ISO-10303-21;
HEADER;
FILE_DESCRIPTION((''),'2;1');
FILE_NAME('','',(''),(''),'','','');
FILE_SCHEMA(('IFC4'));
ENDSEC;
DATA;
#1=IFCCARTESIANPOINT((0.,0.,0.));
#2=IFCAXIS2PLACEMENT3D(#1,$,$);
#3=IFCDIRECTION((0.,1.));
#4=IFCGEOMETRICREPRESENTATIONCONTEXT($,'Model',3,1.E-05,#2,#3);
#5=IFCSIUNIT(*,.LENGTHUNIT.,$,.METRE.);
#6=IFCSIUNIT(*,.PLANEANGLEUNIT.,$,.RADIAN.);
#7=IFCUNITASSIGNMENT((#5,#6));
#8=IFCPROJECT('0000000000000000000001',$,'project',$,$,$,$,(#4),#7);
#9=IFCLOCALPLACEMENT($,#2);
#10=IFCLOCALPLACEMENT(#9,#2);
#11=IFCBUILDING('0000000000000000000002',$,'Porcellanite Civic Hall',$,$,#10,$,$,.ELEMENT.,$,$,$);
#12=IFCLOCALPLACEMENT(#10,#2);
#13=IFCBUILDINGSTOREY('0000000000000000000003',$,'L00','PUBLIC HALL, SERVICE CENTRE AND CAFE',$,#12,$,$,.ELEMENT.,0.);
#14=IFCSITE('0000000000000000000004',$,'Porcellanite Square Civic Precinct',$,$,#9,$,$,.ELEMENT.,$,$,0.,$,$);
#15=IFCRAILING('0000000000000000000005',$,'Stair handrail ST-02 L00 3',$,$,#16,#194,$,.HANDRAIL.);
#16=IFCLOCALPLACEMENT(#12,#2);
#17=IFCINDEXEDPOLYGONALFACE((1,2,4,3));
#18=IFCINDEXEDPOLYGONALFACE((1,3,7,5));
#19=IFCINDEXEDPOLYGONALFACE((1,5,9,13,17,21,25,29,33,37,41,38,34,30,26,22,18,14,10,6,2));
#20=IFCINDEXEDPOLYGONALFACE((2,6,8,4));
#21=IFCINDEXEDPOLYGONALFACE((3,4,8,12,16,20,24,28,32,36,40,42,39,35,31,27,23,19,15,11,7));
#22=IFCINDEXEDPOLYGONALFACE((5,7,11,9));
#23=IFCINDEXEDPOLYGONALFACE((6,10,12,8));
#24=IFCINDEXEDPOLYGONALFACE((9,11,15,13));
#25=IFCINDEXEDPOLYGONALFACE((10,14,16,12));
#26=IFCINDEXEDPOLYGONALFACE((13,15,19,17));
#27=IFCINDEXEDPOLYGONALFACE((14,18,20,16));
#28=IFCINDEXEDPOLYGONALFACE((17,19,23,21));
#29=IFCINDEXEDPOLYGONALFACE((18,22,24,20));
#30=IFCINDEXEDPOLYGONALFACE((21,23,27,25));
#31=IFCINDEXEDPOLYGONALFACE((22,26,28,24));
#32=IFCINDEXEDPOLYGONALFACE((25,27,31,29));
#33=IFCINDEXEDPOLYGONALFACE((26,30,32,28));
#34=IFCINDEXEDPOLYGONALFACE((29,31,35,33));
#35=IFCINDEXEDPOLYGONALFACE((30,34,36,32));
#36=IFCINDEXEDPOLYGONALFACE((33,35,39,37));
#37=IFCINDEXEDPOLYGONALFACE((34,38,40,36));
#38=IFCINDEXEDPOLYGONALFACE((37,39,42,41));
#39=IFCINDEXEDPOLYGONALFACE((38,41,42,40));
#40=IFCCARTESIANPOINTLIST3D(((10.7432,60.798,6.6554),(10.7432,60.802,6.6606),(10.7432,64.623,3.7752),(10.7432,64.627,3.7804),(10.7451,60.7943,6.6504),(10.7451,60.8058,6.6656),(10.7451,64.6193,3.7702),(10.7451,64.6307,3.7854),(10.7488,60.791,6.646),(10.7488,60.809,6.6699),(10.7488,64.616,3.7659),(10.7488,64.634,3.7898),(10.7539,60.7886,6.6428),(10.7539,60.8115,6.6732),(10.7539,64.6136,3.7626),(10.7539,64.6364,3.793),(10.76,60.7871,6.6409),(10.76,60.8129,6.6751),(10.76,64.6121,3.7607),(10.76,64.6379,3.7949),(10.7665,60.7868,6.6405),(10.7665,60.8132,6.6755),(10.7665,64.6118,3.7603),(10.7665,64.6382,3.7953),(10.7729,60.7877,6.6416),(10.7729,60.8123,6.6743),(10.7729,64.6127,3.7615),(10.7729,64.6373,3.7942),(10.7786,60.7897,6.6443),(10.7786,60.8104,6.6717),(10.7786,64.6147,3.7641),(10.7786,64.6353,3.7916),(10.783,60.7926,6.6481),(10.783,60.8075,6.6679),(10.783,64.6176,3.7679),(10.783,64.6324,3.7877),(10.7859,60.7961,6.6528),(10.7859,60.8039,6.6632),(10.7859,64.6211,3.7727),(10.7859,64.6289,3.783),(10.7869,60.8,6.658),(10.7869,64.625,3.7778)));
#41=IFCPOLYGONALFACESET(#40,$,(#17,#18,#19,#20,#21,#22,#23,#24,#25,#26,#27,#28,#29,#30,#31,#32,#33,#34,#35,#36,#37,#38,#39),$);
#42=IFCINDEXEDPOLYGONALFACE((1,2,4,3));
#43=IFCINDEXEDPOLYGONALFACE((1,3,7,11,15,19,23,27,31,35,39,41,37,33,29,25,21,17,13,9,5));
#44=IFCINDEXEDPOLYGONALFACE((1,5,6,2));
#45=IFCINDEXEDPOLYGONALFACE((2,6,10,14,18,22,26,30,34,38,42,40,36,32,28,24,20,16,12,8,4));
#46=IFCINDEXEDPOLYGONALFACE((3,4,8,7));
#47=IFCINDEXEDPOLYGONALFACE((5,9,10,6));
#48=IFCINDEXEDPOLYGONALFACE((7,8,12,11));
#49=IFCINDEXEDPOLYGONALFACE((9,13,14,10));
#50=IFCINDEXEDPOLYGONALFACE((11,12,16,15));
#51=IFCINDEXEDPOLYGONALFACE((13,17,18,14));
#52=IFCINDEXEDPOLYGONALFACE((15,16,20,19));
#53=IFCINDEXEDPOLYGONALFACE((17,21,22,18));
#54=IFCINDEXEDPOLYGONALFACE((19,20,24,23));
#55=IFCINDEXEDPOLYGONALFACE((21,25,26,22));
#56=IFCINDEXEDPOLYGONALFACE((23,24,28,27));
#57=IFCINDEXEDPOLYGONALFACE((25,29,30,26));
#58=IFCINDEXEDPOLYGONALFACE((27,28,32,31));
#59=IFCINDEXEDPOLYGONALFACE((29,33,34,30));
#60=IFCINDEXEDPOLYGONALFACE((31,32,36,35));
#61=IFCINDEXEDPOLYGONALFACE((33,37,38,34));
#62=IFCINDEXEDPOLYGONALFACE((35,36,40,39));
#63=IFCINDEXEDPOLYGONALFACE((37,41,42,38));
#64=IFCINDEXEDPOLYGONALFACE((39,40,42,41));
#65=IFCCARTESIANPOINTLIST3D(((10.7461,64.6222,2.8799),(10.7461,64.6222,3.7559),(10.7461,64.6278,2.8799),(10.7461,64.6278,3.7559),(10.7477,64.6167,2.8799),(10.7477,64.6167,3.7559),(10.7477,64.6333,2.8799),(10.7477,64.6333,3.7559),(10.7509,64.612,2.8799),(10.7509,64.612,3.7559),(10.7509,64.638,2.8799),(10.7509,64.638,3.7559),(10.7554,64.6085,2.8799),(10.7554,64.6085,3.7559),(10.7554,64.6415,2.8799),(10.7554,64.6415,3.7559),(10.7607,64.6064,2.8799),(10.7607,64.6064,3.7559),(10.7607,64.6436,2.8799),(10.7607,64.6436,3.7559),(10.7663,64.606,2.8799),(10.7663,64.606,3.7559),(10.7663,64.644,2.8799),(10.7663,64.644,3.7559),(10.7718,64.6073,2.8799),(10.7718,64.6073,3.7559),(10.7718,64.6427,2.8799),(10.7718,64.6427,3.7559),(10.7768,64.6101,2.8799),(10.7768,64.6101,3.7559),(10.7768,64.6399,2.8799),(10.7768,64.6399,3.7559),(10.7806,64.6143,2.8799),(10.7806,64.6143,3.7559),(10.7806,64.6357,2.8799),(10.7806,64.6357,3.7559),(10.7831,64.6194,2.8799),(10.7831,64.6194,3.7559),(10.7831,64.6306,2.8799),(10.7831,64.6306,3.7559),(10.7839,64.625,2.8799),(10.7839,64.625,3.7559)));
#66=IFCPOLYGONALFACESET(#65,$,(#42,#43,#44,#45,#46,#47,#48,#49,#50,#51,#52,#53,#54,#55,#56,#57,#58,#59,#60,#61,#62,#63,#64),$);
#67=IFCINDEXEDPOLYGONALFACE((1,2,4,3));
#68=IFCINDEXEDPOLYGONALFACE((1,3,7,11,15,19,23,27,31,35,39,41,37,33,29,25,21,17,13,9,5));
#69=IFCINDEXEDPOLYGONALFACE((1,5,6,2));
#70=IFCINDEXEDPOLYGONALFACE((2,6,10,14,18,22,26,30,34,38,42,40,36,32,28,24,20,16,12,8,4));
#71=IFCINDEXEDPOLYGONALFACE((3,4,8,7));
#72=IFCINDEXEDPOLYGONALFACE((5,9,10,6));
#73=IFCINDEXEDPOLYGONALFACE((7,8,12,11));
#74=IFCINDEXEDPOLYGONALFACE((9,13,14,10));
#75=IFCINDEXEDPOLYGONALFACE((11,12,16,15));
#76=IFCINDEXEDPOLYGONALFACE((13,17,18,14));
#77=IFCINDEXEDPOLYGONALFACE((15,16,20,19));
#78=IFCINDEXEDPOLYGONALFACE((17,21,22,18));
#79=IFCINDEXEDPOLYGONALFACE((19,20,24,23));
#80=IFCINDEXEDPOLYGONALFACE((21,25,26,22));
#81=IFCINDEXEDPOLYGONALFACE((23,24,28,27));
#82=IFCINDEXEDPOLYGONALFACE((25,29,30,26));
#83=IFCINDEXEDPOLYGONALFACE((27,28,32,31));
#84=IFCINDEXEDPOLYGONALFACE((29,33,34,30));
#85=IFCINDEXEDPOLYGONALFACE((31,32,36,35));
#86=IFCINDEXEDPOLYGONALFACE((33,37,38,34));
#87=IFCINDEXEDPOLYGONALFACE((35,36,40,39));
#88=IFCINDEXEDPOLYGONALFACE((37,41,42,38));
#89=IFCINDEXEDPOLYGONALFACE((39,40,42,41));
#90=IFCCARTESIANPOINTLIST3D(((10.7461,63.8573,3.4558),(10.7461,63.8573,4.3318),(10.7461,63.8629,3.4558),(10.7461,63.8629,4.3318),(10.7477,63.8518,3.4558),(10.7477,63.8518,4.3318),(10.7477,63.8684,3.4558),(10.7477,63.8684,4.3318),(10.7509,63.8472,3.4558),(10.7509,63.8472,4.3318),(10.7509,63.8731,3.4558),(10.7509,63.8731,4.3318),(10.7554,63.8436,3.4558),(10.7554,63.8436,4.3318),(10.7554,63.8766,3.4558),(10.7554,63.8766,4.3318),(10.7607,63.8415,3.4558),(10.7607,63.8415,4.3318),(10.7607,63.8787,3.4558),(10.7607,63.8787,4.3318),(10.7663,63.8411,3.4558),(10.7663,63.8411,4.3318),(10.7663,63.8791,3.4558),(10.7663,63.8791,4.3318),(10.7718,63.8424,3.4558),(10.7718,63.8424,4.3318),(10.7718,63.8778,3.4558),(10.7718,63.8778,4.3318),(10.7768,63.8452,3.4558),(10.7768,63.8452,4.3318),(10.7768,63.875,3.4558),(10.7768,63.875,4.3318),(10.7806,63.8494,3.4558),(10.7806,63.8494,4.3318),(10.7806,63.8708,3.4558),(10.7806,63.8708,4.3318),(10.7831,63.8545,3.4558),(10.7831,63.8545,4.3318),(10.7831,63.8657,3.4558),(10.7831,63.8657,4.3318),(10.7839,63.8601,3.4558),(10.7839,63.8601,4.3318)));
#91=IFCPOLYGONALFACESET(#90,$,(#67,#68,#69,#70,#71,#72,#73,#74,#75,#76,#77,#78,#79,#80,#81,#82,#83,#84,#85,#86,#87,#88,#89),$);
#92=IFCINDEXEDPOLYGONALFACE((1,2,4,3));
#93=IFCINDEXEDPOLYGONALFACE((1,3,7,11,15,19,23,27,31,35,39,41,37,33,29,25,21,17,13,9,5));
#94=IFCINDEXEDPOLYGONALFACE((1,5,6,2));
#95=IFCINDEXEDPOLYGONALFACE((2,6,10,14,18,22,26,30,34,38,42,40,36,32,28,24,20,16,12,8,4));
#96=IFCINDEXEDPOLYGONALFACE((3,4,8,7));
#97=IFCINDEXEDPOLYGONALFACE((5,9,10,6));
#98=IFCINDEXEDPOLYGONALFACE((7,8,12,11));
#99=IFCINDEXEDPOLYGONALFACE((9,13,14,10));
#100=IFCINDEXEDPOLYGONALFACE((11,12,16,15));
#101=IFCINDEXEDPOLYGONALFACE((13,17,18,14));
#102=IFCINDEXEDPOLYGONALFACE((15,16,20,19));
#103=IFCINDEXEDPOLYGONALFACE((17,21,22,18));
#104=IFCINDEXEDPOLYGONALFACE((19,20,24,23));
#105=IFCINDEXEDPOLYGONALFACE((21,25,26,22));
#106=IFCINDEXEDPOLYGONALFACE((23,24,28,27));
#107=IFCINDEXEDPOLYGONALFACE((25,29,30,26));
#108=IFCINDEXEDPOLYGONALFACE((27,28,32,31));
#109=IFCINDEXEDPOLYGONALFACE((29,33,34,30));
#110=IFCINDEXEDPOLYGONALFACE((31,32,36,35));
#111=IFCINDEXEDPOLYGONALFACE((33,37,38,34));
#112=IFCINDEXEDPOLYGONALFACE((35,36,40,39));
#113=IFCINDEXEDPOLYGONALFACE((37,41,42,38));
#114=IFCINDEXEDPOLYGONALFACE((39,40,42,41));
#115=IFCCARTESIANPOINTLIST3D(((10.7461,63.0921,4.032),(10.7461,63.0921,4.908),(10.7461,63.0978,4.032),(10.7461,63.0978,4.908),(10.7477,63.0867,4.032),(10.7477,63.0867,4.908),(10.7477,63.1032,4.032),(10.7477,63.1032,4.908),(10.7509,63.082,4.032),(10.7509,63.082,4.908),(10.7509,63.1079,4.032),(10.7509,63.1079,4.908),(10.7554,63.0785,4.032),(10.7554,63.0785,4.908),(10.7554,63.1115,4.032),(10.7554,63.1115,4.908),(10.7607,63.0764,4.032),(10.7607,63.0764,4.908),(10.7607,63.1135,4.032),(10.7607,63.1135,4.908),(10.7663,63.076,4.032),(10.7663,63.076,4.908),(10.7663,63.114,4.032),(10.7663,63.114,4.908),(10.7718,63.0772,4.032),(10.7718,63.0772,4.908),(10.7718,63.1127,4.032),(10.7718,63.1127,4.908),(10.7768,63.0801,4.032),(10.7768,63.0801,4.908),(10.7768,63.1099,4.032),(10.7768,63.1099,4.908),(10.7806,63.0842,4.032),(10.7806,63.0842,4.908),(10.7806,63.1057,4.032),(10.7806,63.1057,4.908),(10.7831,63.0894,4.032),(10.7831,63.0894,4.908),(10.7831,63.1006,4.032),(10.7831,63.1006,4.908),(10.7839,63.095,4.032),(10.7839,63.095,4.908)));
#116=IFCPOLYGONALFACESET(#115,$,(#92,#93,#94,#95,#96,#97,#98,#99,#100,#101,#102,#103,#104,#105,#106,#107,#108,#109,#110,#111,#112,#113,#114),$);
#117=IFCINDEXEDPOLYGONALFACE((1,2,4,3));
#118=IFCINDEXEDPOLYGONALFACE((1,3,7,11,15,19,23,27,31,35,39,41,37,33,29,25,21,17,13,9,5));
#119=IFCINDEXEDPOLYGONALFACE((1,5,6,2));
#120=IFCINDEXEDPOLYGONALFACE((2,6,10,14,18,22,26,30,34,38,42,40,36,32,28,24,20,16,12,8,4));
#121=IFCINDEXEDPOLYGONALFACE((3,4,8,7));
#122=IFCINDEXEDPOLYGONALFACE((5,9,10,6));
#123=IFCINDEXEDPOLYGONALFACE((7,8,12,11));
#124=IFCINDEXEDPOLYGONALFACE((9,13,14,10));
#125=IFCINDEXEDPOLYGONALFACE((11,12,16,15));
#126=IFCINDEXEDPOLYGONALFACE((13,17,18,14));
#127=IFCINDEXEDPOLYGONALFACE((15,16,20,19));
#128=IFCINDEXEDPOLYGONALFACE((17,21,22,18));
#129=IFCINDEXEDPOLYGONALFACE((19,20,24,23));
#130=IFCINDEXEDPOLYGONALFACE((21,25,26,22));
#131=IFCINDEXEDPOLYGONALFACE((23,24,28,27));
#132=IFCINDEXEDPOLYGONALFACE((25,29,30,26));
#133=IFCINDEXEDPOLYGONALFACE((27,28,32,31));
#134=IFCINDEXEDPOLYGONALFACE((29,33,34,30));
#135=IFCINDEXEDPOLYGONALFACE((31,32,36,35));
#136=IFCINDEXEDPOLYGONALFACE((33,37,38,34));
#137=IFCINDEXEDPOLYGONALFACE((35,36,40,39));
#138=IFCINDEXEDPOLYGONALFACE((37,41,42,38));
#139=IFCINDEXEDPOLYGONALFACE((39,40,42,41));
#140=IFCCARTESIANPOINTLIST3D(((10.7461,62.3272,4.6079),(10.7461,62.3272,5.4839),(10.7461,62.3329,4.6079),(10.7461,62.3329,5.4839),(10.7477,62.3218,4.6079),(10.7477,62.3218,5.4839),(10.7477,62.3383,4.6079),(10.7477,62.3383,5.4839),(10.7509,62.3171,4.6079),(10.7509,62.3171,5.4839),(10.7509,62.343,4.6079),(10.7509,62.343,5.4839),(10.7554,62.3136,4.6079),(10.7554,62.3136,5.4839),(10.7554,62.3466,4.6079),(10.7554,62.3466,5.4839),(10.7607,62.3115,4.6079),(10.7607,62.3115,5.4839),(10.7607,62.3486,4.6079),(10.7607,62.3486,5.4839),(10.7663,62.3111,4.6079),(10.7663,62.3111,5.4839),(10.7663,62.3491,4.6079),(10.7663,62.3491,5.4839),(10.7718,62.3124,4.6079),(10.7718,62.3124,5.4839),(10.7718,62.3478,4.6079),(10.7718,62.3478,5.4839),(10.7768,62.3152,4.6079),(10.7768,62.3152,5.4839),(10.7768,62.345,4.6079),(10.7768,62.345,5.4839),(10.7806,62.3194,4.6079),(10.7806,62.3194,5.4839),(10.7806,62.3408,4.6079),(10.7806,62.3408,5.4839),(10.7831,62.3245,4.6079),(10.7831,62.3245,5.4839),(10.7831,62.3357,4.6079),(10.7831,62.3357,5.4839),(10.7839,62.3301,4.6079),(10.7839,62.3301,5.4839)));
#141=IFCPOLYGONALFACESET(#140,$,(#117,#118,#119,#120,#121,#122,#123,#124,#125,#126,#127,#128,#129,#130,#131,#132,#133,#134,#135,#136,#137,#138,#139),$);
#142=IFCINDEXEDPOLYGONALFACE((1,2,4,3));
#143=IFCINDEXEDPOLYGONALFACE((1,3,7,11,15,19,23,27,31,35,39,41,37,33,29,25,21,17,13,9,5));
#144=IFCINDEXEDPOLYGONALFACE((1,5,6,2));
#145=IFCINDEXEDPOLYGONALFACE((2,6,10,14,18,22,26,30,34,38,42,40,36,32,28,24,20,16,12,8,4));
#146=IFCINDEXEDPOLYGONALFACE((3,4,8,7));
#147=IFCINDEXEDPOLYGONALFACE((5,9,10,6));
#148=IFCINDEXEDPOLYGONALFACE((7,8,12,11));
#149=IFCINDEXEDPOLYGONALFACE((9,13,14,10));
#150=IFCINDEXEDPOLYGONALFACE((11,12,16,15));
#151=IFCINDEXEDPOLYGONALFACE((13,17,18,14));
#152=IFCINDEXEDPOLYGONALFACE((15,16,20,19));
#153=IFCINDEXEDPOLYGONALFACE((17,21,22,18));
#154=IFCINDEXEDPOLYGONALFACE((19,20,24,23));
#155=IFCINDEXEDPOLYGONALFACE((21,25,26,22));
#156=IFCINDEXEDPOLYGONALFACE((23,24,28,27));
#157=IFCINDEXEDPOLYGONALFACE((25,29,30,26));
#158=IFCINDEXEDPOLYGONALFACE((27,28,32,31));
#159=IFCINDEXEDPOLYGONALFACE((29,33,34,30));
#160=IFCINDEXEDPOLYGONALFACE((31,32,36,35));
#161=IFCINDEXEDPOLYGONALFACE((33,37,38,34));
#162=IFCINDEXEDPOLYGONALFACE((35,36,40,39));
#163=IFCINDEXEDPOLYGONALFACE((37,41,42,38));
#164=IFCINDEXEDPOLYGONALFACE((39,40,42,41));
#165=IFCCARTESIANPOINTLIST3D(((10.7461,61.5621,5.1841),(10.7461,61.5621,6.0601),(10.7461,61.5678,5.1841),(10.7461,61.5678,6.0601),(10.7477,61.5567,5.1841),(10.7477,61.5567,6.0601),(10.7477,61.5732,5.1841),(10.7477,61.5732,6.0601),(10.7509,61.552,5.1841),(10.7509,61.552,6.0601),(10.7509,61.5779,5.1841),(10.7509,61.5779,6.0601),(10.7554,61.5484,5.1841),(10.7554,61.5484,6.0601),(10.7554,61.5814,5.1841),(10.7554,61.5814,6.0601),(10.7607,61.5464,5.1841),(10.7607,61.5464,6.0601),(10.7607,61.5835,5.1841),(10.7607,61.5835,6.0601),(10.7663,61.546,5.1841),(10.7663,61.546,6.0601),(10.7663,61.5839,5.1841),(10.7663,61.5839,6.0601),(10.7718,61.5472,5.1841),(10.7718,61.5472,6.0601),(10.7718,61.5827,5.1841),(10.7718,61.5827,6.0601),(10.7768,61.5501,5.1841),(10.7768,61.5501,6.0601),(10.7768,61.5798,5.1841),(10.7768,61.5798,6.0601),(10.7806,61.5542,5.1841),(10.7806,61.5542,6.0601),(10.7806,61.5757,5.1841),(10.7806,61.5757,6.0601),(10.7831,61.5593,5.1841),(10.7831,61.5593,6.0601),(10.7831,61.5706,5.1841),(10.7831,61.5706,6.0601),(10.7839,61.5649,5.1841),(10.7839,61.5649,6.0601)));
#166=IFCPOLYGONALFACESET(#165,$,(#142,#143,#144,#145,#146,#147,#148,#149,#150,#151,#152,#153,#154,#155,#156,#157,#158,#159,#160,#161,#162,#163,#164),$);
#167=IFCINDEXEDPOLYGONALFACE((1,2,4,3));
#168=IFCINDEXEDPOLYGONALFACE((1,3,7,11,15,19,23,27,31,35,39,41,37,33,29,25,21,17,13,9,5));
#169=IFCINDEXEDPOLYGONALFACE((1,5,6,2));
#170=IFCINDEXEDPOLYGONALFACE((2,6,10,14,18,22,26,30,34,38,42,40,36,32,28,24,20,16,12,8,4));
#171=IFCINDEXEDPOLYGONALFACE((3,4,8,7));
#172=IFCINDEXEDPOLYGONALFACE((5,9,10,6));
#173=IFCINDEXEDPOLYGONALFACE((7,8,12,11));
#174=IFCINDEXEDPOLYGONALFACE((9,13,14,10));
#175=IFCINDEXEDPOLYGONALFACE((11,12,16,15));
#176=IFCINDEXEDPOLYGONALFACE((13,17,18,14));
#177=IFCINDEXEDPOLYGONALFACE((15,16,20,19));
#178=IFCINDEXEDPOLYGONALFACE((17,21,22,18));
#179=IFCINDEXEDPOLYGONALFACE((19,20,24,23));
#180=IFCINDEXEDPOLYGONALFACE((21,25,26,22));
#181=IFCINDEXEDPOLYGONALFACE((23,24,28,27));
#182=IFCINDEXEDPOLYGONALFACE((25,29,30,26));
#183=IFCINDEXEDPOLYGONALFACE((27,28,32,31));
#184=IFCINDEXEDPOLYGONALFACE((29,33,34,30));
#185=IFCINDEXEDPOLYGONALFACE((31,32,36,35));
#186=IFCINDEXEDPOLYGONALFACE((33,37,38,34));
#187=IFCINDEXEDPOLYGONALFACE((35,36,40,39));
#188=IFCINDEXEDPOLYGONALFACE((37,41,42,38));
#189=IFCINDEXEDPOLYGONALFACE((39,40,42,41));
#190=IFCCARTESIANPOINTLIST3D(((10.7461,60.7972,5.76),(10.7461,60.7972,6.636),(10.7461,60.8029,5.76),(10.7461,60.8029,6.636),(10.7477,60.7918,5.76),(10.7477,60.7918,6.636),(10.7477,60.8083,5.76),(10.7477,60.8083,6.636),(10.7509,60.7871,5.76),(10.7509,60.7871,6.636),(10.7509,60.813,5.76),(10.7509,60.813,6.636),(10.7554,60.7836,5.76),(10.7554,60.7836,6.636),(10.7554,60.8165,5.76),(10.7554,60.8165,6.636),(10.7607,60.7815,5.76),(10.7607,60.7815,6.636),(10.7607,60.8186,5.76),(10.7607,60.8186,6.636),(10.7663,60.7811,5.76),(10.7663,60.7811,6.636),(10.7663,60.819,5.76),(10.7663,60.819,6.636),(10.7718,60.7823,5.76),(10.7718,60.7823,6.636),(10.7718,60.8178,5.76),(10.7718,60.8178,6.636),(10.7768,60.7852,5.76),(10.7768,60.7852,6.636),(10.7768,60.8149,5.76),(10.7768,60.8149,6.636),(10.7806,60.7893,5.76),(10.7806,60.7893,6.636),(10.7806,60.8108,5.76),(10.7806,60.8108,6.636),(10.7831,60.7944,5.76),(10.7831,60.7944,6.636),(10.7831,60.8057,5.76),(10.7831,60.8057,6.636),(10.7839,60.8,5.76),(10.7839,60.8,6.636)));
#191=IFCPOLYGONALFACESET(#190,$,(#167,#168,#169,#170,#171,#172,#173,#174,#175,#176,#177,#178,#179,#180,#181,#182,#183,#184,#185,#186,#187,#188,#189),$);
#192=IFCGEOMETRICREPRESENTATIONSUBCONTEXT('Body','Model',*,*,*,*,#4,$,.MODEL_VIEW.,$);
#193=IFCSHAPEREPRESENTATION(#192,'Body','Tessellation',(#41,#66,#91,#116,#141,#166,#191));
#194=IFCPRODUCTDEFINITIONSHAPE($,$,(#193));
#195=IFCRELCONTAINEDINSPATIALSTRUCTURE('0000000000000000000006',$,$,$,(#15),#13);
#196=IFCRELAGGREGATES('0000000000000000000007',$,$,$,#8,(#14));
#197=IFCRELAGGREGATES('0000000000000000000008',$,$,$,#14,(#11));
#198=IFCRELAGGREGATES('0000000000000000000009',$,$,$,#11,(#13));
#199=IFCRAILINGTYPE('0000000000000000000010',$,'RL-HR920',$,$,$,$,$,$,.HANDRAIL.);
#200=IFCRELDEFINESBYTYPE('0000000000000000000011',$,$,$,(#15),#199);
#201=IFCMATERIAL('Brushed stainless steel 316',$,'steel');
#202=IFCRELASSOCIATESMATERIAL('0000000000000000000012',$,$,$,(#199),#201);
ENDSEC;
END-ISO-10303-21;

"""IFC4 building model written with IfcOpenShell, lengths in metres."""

from ifc_helpers import new_model, si_unit, direction, frame, origin, origin_2d, place, context, subcontext, project, spatial, circle, extrude, material, type_object, element, save


model = new_model("IFC4")

# Units and contexts
model_context = context("Model", 3, precision=1e-05, world=origin(), true_north=direction((0.0, 1.0)))
body_context = subcontext(model_context, "Body", "Model", "MODEL_VIEW")
ifc_project = project(units=[si_unit("LENGTHUNIT", "METRE"), si_unit("PLANEANGLEUNIT", "RADIAN")], contexts=[model_context])

# Site, building, storey
site_placement = place(None, origin())
site = spatial("IfcSite", under=ifc_project, at=site_placement, Name="Porcellanite Square Civic Precinct", CompositionType="ELEMENT", RefElevation=0.0)
building_placement = place(site_placement, origin())
building = spatial("IfcBuilding", under=site, at=building_placement, Name="Porcellanite Civic Hall", CompositionType="ELEMENT")
storey_placement = place(building_placement, origin())
storey = spatial("IfcBuildingStorey", under=building, at=storey_placement, Name="L00", Description="PUBLIC HALL, SERVICE CENTRE AND CAFE", CompositionType="ELEMENT", Elevation=0.0)

# Railing
ifc_material_1 = material(Name="Brushed stainless steel 316", Category="steel")
railing_type_1 = type_object("IfcRailingType", Name="RL-HR920", PredefinedType="HANDRAIL", material=ifc_material_1)
railing_1_placement = place(storey_placement, frame((10.7649, 64.625, 2.8799)))
element("IfcRailing", 1, at=railing_1_placement, inside=storey, type_object=railing_type_1, Name="Stair handrail ST-02 L00 3", PredefinedType="HANDRAIL", context=body_context, shape_type="SweptSolid", body=[
    extrude(circle(Radius=0.022, at=origin_2d()), frame((0.0, 0.0, 0.8979), z_axis=(0.0, -0.798854, 0.601525), x_axis=(1.0, 0.0, 0.0)), (0.0, 0.0, 1.0), 4.7881),
    extrude(circle(Radius=0.019, at=origin_2d()), origin(), (0.0, 0.0, 1.0), 0.876),
    extrude(circle(Radius=0.019, at=origin_2d()), frame((0.0, -0.7649, 0.5759)), (0.0, 0.0, 1.0), 0.876),
    extrude(circle(Radius=0.019, at=origin_2d()), frame((0.0, -1.53, 1.1521)), (0.0, 0.0, 1.0), 0.876),
    extrude(circle(Radius=0.019, at=origin_2d()), frame((0.0, -2.2949, 1.728)), (0.0, 0.0, 1.0), 0.876),
    extrude(circle(Radius=0.019, at=origin_2d()), frame((0.0, -3.0601, 2.3042)), (0.0, 0.0, 1.0), 0.876),
    extrude(circle(Radius=0.019, at=origin_2d()), frame((0.0, -3.825, 2.8801)), (0.0, 0.0, 1.0), 0.876),
])

save(model, "model.ifc")
